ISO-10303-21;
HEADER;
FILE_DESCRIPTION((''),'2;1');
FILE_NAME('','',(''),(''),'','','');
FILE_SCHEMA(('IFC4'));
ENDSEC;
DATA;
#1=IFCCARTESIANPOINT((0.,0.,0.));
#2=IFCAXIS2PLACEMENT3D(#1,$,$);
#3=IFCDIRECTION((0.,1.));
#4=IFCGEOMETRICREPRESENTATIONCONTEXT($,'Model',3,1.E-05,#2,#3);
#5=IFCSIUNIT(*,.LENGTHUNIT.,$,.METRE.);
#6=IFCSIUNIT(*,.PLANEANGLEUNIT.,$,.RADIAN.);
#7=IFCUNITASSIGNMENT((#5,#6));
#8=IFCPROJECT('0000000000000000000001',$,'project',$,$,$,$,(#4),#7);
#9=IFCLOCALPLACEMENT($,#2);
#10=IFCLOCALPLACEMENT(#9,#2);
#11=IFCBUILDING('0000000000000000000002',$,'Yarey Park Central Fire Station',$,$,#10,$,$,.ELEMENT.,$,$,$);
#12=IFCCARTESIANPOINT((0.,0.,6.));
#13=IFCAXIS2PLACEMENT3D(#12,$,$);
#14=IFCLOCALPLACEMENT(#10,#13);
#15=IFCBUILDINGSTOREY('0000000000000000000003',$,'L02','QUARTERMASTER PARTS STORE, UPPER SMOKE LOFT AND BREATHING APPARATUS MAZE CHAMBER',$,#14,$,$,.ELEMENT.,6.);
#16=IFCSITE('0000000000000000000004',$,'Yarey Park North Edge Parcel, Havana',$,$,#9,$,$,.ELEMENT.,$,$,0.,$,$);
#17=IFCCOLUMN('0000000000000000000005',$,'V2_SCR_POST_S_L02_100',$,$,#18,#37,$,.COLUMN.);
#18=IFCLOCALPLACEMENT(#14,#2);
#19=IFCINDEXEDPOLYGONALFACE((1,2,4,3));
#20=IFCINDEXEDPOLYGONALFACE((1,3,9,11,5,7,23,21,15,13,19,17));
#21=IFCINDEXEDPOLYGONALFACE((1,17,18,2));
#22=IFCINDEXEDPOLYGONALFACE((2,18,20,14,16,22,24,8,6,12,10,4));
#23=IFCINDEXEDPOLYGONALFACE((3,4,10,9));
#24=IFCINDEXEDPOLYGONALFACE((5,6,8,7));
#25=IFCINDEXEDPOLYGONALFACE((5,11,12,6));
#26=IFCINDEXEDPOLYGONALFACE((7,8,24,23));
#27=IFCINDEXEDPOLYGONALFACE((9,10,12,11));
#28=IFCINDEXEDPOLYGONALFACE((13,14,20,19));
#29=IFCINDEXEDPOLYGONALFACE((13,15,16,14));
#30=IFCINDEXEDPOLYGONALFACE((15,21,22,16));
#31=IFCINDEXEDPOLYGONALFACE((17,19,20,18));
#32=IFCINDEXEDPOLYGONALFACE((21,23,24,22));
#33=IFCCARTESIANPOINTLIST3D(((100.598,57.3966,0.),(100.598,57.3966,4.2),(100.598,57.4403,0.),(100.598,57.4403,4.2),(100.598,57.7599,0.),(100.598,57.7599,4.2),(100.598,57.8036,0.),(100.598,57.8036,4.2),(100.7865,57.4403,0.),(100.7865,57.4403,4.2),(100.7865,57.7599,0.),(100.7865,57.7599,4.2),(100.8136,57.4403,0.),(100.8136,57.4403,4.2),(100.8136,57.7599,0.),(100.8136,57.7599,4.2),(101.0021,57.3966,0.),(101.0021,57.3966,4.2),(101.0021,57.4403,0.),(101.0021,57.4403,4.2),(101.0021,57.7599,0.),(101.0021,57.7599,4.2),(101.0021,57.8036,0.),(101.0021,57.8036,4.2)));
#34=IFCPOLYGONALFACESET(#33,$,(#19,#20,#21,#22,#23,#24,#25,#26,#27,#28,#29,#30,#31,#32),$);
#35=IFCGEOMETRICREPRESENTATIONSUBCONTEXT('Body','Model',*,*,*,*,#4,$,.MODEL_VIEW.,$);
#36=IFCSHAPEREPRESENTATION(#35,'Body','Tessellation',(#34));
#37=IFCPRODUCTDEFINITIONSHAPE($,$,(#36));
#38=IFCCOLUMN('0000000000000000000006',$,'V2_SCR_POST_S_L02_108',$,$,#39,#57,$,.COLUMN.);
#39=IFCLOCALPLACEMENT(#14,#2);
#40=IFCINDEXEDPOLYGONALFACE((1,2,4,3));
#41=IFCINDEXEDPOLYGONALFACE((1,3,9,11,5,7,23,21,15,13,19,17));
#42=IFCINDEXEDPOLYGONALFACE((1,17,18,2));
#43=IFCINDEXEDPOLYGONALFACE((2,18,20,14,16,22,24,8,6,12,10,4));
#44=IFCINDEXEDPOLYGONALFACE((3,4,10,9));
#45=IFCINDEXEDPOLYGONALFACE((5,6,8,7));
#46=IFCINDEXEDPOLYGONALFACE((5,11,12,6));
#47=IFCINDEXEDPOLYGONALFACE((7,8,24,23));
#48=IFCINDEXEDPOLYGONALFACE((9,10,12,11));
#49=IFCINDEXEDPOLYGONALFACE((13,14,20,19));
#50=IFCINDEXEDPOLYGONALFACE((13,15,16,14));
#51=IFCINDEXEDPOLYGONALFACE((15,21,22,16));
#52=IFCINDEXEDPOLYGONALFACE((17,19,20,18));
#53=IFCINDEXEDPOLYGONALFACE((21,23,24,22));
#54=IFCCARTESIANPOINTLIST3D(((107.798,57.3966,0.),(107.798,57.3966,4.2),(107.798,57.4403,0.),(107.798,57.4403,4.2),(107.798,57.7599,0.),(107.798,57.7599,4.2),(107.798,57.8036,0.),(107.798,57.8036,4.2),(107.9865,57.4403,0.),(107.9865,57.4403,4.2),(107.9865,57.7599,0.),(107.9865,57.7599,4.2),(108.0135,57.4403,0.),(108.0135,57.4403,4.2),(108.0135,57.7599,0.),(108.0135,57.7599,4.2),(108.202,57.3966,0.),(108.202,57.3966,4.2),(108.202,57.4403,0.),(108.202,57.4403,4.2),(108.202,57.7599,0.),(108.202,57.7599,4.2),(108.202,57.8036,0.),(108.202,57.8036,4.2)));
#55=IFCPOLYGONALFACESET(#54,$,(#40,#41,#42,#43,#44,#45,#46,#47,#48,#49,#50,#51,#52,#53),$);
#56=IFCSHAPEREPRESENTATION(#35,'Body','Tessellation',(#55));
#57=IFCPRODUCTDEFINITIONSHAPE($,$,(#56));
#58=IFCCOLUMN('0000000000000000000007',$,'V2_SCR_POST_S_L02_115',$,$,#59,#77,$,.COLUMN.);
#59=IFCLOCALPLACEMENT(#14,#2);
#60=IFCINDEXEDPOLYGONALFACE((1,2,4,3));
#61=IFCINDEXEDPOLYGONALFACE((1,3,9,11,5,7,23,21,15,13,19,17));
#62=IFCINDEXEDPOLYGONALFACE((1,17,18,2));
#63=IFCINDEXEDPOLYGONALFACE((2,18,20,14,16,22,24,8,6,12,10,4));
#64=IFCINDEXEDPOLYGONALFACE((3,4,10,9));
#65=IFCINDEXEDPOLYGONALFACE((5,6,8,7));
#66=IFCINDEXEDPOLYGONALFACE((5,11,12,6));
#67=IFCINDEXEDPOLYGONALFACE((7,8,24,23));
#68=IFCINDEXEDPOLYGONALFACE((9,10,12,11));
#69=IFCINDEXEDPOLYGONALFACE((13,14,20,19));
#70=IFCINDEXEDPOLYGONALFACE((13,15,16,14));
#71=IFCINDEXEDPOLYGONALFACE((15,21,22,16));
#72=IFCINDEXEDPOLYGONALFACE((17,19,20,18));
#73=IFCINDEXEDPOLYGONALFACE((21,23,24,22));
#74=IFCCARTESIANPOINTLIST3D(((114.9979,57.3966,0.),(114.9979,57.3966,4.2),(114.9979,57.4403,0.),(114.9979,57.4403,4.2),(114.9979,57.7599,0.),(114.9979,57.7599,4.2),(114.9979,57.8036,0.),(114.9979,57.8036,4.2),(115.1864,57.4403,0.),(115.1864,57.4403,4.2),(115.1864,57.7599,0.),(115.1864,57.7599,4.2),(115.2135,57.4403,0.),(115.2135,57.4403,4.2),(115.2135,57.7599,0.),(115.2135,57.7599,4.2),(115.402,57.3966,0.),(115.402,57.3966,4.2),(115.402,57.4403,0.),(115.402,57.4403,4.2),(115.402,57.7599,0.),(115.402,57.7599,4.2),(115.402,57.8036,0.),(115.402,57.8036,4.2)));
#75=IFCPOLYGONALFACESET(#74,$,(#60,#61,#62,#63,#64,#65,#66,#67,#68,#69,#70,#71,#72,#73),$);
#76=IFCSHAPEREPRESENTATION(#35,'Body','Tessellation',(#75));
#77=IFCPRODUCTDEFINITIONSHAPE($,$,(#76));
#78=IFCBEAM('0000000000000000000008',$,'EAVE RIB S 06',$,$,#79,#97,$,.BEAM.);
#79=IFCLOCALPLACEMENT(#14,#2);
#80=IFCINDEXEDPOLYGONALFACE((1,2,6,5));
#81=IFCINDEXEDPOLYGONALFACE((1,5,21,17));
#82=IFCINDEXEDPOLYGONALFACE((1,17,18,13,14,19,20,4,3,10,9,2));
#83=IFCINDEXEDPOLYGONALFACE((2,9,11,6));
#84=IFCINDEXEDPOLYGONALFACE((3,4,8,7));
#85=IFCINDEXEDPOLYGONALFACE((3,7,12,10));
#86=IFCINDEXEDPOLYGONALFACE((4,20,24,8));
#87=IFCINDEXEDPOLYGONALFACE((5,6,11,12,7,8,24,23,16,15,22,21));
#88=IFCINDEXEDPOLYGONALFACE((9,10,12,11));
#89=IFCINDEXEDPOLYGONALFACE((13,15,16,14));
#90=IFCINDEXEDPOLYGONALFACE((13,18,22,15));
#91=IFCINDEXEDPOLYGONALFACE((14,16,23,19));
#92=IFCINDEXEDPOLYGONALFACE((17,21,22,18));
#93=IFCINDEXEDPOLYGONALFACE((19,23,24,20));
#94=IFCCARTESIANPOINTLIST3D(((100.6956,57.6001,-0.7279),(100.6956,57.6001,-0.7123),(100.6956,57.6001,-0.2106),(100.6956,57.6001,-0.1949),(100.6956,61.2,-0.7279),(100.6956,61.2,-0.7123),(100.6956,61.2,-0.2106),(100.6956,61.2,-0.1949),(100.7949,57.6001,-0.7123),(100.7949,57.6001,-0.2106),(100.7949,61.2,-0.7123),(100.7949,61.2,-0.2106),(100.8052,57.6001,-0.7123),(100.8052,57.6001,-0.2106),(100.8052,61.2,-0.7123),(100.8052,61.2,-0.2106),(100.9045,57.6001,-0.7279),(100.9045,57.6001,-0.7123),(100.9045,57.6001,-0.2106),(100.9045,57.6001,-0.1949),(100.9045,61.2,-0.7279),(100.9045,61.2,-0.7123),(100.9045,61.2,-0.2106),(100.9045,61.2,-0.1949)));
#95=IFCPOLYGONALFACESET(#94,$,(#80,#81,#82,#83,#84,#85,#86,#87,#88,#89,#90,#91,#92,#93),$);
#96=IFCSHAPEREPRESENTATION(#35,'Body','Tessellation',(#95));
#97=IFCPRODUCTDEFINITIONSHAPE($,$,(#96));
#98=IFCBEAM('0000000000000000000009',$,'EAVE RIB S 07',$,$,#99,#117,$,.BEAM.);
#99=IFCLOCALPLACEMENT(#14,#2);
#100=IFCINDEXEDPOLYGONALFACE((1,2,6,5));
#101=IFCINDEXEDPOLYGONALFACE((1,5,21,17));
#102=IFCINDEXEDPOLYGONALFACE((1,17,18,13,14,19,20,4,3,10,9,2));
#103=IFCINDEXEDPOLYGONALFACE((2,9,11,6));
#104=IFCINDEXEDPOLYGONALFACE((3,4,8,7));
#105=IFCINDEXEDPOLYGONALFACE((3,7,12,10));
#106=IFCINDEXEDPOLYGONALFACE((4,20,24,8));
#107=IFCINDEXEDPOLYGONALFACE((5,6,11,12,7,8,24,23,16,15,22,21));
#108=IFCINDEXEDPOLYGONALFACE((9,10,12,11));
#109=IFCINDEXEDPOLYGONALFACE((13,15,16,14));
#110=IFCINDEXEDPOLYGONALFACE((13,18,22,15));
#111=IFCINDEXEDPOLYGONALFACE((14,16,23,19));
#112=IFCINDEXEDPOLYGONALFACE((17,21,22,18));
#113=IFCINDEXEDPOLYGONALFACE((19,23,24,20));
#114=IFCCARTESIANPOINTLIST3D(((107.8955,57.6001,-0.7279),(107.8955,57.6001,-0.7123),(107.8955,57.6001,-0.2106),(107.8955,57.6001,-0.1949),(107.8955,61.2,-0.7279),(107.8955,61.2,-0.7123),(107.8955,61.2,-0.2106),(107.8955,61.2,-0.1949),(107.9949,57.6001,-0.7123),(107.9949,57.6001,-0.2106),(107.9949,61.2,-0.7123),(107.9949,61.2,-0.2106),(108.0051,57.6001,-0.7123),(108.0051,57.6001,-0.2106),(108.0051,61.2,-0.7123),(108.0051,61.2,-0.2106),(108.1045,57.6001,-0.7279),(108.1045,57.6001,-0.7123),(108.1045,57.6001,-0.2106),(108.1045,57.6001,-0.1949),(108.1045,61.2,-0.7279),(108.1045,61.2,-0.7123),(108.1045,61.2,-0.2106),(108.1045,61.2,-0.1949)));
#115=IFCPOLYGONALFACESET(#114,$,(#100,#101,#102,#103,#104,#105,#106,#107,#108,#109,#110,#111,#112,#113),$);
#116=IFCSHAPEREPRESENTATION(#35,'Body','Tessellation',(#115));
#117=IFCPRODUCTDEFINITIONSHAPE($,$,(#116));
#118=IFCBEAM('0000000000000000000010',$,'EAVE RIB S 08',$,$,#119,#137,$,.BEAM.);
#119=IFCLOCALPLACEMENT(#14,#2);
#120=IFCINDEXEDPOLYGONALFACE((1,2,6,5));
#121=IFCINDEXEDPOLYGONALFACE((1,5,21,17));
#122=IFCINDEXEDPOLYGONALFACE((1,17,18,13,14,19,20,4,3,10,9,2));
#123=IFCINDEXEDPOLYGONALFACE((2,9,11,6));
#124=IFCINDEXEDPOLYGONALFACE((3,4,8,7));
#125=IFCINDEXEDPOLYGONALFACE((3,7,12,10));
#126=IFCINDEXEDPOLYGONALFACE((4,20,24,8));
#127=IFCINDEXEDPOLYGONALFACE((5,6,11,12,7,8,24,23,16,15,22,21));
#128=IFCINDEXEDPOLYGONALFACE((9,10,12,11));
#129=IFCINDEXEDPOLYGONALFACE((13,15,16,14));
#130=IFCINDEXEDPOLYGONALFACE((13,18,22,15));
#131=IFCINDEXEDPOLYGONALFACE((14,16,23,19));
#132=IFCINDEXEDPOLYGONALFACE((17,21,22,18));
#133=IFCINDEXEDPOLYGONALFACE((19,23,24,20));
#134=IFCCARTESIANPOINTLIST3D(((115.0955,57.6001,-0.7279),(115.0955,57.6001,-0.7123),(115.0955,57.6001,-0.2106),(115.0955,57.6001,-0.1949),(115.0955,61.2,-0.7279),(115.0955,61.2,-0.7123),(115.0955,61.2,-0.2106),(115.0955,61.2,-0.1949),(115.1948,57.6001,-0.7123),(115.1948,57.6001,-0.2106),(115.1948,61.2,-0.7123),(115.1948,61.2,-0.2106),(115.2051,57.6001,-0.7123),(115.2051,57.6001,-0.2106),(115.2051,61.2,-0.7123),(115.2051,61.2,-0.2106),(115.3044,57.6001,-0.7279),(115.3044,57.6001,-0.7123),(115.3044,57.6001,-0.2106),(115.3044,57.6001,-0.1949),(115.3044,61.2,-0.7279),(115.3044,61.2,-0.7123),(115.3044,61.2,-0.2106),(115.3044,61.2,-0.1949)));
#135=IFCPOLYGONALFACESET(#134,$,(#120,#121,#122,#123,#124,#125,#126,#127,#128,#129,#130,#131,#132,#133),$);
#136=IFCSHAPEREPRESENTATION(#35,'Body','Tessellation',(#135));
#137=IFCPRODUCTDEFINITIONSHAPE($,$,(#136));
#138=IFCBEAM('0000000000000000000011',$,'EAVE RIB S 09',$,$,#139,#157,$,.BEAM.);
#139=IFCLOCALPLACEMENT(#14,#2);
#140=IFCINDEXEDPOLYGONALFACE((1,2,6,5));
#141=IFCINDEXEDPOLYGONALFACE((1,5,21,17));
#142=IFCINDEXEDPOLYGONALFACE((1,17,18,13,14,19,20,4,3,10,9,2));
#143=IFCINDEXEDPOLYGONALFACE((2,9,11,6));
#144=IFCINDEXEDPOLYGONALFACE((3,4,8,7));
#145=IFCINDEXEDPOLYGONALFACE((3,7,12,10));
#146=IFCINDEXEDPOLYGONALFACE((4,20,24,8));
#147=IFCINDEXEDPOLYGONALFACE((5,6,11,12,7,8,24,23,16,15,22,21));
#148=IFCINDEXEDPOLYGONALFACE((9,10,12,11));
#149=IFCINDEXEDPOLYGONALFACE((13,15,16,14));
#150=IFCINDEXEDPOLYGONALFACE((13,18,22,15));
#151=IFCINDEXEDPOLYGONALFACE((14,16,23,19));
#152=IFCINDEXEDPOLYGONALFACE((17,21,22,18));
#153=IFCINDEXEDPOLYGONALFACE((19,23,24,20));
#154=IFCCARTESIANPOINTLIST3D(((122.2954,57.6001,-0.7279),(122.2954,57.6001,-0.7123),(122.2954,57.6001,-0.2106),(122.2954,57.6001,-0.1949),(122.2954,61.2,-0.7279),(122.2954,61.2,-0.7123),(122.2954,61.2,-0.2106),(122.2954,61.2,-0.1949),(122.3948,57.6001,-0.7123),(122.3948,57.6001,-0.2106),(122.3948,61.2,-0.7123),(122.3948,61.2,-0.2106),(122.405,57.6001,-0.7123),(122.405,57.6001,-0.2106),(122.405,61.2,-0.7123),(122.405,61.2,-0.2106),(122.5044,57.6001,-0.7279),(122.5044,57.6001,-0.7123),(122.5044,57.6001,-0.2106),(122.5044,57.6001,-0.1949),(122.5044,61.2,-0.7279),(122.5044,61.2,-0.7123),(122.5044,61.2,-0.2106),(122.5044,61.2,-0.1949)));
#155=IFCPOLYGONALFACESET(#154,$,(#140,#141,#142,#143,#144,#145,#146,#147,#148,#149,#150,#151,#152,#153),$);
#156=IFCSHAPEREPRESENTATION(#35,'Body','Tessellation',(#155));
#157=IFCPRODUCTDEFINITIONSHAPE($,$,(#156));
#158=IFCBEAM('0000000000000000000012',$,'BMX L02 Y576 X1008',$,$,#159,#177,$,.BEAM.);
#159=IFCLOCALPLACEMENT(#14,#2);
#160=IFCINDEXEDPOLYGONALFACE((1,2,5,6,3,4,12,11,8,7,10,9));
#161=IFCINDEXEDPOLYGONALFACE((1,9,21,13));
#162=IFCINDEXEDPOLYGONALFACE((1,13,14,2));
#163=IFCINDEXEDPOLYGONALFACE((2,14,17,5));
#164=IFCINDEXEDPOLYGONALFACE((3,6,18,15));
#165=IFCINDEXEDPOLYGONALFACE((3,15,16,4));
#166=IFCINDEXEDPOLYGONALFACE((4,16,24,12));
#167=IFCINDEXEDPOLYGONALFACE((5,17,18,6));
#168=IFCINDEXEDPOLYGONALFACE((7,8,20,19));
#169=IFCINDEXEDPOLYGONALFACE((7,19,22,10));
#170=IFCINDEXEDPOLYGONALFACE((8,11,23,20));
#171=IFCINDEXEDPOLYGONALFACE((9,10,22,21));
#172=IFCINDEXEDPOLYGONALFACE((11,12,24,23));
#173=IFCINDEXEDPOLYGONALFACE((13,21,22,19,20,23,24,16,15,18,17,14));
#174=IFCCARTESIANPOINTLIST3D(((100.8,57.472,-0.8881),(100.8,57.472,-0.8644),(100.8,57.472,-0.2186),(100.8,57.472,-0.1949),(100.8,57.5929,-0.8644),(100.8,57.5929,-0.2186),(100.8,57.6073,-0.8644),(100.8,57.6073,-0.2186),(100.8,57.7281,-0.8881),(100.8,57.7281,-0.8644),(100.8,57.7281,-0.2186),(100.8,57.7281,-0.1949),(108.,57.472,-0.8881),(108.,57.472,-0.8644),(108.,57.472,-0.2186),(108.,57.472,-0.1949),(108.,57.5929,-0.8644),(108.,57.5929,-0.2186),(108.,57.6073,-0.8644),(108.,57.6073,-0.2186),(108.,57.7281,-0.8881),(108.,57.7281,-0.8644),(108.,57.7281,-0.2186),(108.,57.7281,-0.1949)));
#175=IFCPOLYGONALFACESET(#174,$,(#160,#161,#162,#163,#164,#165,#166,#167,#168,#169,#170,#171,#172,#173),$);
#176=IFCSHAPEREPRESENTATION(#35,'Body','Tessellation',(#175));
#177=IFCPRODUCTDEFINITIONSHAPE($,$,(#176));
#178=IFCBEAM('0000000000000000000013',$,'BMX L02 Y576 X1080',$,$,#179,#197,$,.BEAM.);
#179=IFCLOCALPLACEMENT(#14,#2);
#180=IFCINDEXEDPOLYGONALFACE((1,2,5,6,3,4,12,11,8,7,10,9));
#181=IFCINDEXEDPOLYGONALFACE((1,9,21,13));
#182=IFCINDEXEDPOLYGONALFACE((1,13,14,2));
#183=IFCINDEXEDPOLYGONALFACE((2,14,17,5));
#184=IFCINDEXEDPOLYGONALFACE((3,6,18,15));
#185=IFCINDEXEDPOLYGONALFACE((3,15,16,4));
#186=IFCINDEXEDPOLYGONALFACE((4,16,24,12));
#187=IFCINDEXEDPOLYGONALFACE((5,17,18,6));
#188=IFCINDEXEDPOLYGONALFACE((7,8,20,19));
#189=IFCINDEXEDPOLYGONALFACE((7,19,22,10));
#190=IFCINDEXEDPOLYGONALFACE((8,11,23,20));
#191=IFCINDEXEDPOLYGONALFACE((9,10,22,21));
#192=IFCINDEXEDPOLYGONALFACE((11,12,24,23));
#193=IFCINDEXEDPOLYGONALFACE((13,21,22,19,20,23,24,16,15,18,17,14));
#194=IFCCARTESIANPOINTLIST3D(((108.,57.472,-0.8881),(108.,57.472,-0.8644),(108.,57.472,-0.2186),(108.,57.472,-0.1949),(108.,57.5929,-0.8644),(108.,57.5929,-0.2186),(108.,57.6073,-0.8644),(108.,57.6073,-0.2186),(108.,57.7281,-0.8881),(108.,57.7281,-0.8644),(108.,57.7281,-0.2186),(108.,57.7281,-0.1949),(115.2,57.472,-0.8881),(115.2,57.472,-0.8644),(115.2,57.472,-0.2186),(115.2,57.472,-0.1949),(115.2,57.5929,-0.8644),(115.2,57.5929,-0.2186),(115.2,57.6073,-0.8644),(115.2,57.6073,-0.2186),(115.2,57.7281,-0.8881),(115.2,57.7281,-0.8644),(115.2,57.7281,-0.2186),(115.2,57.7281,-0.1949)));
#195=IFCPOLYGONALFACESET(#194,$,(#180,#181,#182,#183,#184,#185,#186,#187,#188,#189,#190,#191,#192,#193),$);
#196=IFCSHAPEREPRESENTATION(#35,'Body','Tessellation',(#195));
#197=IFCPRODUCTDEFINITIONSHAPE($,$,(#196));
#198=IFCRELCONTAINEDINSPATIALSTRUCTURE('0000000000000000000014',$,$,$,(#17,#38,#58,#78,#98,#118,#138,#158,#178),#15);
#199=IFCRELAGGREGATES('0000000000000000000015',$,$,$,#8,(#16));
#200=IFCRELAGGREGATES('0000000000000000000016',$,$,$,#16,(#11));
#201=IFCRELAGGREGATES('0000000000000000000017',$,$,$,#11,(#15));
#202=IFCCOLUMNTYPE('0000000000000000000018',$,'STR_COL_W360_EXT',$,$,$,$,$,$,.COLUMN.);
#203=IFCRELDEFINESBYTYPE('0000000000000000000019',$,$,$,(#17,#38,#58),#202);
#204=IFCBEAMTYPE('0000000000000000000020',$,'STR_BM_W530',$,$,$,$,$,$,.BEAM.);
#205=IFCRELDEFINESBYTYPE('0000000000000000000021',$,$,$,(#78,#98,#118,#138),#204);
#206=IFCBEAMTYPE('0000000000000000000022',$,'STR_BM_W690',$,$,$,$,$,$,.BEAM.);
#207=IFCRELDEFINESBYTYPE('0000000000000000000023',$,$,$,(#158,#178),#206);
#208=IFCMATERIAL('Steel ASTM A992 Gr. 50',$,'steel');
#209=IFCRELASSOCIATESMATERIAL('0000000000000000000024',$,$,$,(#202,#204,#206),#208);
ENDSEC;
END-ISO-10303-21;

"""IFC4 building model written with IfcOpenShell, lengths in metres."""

from ifc_helpers import new_model, si_unit, direction, frame, origin, origin_2d, place, context, subcontext, project, spatial, i_section, extrude, material, material_profile, profile_set, type_object, element, save


model = new_model("IFC4")

# Units and contexts
model_context = context("Model", 3, precision=1e-05, world=origin(), true_north=direction((0.0, 1.0)))
body_context = subcontext(model_context, "Body", "Model", "MODEL_VIEW")
ifc_project = project(units=[si_unit("LENGTHUNIT", "METRE"), si_unit("PLANEANGLEUNIT", "RADIAN")], contexts=[model_context])

# Site, building, storey
site_placement = place(None, origin())
site = spatial("IfcSite", under=ifc_project, at=site_placement, Name="Yarey Park North Edge Parcel, Havana", CompositionType="ELEMENT", RefElevation=0.0)
building_placement = place(site_placement, origin())
building = spatial("IfcBuilding", under=site, at=building_placement, Name="Yarey Park Central Fire Station", CompositionType="ELEMENT")
storey_placement = place(building_placement, frame((0.0, 0.0, 6.0)))
storey = spatial("IfcBuildingStorey", under=building, at=storey_placement, Name="L02", Description="QUARTERMASTER PARTS STORE, UPPER SMOKE LOFT AND BREATHING APPARATUS MAZE CHAMBER", CompositionType="ELEMENT", Elevation=6.0)

# Columns
ifc_material_1 = material(Name="Steel ASTM A992 Gr. 50", Category="steel")
ifc_material_profile_1 = material_profile(ifc_material_1, i_section(OverallWidth=0.4041, OverallDepth=0.407, WebThickness=0.0271, FlangeThickness=0.0437, at=origin_2d()), Name="W360x347")
ifc_profile_set_1 = profile_set([ifc_material_profile_1], Name="Steel ASTM A992 Gr. 50")
column_type = type_object("IfcColumnType", Name="STR_COL_W360_EXT", PredefinedType="COLUMN", material=ifc_profile_set_1)
for number, where, z_axis, x_axis, name in (
    (1, (100.8, 57.6001, 0.0), (0.0, 0.0, 1.0), (1.0, 0.0, 0.0), "V2_SCR_POST_S_L02_100"),
    (2, (108.0, 57.6001, 0.0), (0.0, 0.0, 1.0), (1.0, 0.0, 0.0), "V2_SCR_POST_S_L02_108"),
    (3, (115.2, 57.6001, 0.0), (0.0, 0.0, 1.0), (1.0, 0.0, 0.0), "V2_SCR_POST_S_L02_115"),
):
    element("IfcColumn", number, at=place(storey_placement, frame(where, z_axis=z_axis, x_axis=x_axis)), inside=storey, type_object=column_type, Name=name, PredefinedType="COLUMN", context=body_context, shape_type="SweptSolid", body=[
        extrude(i_section(OverallWidth=0.4041, OverallDepth=0.407, WebThickness=0.0271, FlangeThickness=0.0437, at=origin_2d()), origin(), (0.0, 0.0, 1.0), 4.2),
    ])

# Beams
ifc_material_profile_2 = material_profile(ifc_material_1, i_section(OverallWidth=0.209, OverallDepth=0.533, WebThickness=0.0103, FlangeThickness=0.0156, at=origin_2d()), Name="W530x92")
ifc_profile_set_2 = profile_set([ifc_material_profile_2], Name="Steel ASTM A992 Gr. 50")
beam_type_1 = type_object("IfcBeamType", Name="STR_BM_W530", PredefinedType="BEAM", material=ifc_profile_set_2)
for number, where, z_axis, x_axis, name in (
    (4, (100.8, 57.6001, -0.4614), (0.0, 1.0, 0.0), (-1.0, 0.0, 0.0), "EAVE RIB S 06"),
    (5, (108.0, 57.6001, -0.4614), (0.0, 1.0, 0.0), (-1.0, 0.0, 0.0), "EAVE RIB S 07"),
    (6, (115.2, 57.6001, -0.4614), (0.0, 1.0, 0.0), (-1.0, 0.0, 0.0), "EAVE RIB S 08"),
    (7, (122.3999, 57.6001, -0.4614), (0.0, 1.0, 0.0), (-1.0, 0.0, 0.0), "EAVE RIB S 09"),
):
    element("IfcBeam", number, at=place(storey_placement, frame(where, z_axis=z_axis, x_axis=x_axis)), inside=storey, type_object=beam_type_1, Name=name, PredefinedType="BEAM", context=body_context, shape_type="SweptSolid", body=[
        extrude(i_section(OverallWidth=0.209, OverallDepth=0.533, WebThickness=0.0103, FlangeThickness=0.0156, at=origin_2d()), origin(), (0.0, 0.0, 1.0), 3.5999),
    ])
ifc_material_profile_3 = material_profile(ifc_material_1, i_section(OverallWidth=0.2561, OverallDepth=0.6931, WebThickness=0.0144, FlangeThickness=0.0237, at=origin_2d()), Name="W690x170")
ifc_profile_set_3 = profile_set([ifc_material_profile_3], Name="Steel ASTM A992 Gr. 50")
beam_type_2 = type_object("IfcBeamType", Name="STR_BM_W690", PredefinedType="BEAM", material=ifc_profile_set_3)
for number, where, z_axis, x_axis, name in (
    (8, (100.8, 57.6001, -0.5415), (1.0, 0.0, 0.0), (0.0, 1.0, 0.0), "BMX L02 Y576 X1008"),
    (9, (108.0, 57.6001, -0.5415), (1.0, 0.0, 0.0), (0.0, 1.0, 0.0), "BMX L02 Y576 X1080"),
):
    element("IfcBeam", number, at=place(storey_placement, frame(where, z_axis=z_axis, x_axis=x_axis)), inside=storey, type_object=beam_type_2, Name=name, PredefinedType="BEAM", context=body_context, shape_type="SweptSolid", body=[
        extrude(i_section(OverallWidth=0.2561, OverallDepth=0.6931, WebThickness=0.0144, FlangeThickness=0.0237, at=origin_2d()), origin(), (0.0, 0.0, 1.0), 7.2),
    ])

save(model, "model.ifc")
